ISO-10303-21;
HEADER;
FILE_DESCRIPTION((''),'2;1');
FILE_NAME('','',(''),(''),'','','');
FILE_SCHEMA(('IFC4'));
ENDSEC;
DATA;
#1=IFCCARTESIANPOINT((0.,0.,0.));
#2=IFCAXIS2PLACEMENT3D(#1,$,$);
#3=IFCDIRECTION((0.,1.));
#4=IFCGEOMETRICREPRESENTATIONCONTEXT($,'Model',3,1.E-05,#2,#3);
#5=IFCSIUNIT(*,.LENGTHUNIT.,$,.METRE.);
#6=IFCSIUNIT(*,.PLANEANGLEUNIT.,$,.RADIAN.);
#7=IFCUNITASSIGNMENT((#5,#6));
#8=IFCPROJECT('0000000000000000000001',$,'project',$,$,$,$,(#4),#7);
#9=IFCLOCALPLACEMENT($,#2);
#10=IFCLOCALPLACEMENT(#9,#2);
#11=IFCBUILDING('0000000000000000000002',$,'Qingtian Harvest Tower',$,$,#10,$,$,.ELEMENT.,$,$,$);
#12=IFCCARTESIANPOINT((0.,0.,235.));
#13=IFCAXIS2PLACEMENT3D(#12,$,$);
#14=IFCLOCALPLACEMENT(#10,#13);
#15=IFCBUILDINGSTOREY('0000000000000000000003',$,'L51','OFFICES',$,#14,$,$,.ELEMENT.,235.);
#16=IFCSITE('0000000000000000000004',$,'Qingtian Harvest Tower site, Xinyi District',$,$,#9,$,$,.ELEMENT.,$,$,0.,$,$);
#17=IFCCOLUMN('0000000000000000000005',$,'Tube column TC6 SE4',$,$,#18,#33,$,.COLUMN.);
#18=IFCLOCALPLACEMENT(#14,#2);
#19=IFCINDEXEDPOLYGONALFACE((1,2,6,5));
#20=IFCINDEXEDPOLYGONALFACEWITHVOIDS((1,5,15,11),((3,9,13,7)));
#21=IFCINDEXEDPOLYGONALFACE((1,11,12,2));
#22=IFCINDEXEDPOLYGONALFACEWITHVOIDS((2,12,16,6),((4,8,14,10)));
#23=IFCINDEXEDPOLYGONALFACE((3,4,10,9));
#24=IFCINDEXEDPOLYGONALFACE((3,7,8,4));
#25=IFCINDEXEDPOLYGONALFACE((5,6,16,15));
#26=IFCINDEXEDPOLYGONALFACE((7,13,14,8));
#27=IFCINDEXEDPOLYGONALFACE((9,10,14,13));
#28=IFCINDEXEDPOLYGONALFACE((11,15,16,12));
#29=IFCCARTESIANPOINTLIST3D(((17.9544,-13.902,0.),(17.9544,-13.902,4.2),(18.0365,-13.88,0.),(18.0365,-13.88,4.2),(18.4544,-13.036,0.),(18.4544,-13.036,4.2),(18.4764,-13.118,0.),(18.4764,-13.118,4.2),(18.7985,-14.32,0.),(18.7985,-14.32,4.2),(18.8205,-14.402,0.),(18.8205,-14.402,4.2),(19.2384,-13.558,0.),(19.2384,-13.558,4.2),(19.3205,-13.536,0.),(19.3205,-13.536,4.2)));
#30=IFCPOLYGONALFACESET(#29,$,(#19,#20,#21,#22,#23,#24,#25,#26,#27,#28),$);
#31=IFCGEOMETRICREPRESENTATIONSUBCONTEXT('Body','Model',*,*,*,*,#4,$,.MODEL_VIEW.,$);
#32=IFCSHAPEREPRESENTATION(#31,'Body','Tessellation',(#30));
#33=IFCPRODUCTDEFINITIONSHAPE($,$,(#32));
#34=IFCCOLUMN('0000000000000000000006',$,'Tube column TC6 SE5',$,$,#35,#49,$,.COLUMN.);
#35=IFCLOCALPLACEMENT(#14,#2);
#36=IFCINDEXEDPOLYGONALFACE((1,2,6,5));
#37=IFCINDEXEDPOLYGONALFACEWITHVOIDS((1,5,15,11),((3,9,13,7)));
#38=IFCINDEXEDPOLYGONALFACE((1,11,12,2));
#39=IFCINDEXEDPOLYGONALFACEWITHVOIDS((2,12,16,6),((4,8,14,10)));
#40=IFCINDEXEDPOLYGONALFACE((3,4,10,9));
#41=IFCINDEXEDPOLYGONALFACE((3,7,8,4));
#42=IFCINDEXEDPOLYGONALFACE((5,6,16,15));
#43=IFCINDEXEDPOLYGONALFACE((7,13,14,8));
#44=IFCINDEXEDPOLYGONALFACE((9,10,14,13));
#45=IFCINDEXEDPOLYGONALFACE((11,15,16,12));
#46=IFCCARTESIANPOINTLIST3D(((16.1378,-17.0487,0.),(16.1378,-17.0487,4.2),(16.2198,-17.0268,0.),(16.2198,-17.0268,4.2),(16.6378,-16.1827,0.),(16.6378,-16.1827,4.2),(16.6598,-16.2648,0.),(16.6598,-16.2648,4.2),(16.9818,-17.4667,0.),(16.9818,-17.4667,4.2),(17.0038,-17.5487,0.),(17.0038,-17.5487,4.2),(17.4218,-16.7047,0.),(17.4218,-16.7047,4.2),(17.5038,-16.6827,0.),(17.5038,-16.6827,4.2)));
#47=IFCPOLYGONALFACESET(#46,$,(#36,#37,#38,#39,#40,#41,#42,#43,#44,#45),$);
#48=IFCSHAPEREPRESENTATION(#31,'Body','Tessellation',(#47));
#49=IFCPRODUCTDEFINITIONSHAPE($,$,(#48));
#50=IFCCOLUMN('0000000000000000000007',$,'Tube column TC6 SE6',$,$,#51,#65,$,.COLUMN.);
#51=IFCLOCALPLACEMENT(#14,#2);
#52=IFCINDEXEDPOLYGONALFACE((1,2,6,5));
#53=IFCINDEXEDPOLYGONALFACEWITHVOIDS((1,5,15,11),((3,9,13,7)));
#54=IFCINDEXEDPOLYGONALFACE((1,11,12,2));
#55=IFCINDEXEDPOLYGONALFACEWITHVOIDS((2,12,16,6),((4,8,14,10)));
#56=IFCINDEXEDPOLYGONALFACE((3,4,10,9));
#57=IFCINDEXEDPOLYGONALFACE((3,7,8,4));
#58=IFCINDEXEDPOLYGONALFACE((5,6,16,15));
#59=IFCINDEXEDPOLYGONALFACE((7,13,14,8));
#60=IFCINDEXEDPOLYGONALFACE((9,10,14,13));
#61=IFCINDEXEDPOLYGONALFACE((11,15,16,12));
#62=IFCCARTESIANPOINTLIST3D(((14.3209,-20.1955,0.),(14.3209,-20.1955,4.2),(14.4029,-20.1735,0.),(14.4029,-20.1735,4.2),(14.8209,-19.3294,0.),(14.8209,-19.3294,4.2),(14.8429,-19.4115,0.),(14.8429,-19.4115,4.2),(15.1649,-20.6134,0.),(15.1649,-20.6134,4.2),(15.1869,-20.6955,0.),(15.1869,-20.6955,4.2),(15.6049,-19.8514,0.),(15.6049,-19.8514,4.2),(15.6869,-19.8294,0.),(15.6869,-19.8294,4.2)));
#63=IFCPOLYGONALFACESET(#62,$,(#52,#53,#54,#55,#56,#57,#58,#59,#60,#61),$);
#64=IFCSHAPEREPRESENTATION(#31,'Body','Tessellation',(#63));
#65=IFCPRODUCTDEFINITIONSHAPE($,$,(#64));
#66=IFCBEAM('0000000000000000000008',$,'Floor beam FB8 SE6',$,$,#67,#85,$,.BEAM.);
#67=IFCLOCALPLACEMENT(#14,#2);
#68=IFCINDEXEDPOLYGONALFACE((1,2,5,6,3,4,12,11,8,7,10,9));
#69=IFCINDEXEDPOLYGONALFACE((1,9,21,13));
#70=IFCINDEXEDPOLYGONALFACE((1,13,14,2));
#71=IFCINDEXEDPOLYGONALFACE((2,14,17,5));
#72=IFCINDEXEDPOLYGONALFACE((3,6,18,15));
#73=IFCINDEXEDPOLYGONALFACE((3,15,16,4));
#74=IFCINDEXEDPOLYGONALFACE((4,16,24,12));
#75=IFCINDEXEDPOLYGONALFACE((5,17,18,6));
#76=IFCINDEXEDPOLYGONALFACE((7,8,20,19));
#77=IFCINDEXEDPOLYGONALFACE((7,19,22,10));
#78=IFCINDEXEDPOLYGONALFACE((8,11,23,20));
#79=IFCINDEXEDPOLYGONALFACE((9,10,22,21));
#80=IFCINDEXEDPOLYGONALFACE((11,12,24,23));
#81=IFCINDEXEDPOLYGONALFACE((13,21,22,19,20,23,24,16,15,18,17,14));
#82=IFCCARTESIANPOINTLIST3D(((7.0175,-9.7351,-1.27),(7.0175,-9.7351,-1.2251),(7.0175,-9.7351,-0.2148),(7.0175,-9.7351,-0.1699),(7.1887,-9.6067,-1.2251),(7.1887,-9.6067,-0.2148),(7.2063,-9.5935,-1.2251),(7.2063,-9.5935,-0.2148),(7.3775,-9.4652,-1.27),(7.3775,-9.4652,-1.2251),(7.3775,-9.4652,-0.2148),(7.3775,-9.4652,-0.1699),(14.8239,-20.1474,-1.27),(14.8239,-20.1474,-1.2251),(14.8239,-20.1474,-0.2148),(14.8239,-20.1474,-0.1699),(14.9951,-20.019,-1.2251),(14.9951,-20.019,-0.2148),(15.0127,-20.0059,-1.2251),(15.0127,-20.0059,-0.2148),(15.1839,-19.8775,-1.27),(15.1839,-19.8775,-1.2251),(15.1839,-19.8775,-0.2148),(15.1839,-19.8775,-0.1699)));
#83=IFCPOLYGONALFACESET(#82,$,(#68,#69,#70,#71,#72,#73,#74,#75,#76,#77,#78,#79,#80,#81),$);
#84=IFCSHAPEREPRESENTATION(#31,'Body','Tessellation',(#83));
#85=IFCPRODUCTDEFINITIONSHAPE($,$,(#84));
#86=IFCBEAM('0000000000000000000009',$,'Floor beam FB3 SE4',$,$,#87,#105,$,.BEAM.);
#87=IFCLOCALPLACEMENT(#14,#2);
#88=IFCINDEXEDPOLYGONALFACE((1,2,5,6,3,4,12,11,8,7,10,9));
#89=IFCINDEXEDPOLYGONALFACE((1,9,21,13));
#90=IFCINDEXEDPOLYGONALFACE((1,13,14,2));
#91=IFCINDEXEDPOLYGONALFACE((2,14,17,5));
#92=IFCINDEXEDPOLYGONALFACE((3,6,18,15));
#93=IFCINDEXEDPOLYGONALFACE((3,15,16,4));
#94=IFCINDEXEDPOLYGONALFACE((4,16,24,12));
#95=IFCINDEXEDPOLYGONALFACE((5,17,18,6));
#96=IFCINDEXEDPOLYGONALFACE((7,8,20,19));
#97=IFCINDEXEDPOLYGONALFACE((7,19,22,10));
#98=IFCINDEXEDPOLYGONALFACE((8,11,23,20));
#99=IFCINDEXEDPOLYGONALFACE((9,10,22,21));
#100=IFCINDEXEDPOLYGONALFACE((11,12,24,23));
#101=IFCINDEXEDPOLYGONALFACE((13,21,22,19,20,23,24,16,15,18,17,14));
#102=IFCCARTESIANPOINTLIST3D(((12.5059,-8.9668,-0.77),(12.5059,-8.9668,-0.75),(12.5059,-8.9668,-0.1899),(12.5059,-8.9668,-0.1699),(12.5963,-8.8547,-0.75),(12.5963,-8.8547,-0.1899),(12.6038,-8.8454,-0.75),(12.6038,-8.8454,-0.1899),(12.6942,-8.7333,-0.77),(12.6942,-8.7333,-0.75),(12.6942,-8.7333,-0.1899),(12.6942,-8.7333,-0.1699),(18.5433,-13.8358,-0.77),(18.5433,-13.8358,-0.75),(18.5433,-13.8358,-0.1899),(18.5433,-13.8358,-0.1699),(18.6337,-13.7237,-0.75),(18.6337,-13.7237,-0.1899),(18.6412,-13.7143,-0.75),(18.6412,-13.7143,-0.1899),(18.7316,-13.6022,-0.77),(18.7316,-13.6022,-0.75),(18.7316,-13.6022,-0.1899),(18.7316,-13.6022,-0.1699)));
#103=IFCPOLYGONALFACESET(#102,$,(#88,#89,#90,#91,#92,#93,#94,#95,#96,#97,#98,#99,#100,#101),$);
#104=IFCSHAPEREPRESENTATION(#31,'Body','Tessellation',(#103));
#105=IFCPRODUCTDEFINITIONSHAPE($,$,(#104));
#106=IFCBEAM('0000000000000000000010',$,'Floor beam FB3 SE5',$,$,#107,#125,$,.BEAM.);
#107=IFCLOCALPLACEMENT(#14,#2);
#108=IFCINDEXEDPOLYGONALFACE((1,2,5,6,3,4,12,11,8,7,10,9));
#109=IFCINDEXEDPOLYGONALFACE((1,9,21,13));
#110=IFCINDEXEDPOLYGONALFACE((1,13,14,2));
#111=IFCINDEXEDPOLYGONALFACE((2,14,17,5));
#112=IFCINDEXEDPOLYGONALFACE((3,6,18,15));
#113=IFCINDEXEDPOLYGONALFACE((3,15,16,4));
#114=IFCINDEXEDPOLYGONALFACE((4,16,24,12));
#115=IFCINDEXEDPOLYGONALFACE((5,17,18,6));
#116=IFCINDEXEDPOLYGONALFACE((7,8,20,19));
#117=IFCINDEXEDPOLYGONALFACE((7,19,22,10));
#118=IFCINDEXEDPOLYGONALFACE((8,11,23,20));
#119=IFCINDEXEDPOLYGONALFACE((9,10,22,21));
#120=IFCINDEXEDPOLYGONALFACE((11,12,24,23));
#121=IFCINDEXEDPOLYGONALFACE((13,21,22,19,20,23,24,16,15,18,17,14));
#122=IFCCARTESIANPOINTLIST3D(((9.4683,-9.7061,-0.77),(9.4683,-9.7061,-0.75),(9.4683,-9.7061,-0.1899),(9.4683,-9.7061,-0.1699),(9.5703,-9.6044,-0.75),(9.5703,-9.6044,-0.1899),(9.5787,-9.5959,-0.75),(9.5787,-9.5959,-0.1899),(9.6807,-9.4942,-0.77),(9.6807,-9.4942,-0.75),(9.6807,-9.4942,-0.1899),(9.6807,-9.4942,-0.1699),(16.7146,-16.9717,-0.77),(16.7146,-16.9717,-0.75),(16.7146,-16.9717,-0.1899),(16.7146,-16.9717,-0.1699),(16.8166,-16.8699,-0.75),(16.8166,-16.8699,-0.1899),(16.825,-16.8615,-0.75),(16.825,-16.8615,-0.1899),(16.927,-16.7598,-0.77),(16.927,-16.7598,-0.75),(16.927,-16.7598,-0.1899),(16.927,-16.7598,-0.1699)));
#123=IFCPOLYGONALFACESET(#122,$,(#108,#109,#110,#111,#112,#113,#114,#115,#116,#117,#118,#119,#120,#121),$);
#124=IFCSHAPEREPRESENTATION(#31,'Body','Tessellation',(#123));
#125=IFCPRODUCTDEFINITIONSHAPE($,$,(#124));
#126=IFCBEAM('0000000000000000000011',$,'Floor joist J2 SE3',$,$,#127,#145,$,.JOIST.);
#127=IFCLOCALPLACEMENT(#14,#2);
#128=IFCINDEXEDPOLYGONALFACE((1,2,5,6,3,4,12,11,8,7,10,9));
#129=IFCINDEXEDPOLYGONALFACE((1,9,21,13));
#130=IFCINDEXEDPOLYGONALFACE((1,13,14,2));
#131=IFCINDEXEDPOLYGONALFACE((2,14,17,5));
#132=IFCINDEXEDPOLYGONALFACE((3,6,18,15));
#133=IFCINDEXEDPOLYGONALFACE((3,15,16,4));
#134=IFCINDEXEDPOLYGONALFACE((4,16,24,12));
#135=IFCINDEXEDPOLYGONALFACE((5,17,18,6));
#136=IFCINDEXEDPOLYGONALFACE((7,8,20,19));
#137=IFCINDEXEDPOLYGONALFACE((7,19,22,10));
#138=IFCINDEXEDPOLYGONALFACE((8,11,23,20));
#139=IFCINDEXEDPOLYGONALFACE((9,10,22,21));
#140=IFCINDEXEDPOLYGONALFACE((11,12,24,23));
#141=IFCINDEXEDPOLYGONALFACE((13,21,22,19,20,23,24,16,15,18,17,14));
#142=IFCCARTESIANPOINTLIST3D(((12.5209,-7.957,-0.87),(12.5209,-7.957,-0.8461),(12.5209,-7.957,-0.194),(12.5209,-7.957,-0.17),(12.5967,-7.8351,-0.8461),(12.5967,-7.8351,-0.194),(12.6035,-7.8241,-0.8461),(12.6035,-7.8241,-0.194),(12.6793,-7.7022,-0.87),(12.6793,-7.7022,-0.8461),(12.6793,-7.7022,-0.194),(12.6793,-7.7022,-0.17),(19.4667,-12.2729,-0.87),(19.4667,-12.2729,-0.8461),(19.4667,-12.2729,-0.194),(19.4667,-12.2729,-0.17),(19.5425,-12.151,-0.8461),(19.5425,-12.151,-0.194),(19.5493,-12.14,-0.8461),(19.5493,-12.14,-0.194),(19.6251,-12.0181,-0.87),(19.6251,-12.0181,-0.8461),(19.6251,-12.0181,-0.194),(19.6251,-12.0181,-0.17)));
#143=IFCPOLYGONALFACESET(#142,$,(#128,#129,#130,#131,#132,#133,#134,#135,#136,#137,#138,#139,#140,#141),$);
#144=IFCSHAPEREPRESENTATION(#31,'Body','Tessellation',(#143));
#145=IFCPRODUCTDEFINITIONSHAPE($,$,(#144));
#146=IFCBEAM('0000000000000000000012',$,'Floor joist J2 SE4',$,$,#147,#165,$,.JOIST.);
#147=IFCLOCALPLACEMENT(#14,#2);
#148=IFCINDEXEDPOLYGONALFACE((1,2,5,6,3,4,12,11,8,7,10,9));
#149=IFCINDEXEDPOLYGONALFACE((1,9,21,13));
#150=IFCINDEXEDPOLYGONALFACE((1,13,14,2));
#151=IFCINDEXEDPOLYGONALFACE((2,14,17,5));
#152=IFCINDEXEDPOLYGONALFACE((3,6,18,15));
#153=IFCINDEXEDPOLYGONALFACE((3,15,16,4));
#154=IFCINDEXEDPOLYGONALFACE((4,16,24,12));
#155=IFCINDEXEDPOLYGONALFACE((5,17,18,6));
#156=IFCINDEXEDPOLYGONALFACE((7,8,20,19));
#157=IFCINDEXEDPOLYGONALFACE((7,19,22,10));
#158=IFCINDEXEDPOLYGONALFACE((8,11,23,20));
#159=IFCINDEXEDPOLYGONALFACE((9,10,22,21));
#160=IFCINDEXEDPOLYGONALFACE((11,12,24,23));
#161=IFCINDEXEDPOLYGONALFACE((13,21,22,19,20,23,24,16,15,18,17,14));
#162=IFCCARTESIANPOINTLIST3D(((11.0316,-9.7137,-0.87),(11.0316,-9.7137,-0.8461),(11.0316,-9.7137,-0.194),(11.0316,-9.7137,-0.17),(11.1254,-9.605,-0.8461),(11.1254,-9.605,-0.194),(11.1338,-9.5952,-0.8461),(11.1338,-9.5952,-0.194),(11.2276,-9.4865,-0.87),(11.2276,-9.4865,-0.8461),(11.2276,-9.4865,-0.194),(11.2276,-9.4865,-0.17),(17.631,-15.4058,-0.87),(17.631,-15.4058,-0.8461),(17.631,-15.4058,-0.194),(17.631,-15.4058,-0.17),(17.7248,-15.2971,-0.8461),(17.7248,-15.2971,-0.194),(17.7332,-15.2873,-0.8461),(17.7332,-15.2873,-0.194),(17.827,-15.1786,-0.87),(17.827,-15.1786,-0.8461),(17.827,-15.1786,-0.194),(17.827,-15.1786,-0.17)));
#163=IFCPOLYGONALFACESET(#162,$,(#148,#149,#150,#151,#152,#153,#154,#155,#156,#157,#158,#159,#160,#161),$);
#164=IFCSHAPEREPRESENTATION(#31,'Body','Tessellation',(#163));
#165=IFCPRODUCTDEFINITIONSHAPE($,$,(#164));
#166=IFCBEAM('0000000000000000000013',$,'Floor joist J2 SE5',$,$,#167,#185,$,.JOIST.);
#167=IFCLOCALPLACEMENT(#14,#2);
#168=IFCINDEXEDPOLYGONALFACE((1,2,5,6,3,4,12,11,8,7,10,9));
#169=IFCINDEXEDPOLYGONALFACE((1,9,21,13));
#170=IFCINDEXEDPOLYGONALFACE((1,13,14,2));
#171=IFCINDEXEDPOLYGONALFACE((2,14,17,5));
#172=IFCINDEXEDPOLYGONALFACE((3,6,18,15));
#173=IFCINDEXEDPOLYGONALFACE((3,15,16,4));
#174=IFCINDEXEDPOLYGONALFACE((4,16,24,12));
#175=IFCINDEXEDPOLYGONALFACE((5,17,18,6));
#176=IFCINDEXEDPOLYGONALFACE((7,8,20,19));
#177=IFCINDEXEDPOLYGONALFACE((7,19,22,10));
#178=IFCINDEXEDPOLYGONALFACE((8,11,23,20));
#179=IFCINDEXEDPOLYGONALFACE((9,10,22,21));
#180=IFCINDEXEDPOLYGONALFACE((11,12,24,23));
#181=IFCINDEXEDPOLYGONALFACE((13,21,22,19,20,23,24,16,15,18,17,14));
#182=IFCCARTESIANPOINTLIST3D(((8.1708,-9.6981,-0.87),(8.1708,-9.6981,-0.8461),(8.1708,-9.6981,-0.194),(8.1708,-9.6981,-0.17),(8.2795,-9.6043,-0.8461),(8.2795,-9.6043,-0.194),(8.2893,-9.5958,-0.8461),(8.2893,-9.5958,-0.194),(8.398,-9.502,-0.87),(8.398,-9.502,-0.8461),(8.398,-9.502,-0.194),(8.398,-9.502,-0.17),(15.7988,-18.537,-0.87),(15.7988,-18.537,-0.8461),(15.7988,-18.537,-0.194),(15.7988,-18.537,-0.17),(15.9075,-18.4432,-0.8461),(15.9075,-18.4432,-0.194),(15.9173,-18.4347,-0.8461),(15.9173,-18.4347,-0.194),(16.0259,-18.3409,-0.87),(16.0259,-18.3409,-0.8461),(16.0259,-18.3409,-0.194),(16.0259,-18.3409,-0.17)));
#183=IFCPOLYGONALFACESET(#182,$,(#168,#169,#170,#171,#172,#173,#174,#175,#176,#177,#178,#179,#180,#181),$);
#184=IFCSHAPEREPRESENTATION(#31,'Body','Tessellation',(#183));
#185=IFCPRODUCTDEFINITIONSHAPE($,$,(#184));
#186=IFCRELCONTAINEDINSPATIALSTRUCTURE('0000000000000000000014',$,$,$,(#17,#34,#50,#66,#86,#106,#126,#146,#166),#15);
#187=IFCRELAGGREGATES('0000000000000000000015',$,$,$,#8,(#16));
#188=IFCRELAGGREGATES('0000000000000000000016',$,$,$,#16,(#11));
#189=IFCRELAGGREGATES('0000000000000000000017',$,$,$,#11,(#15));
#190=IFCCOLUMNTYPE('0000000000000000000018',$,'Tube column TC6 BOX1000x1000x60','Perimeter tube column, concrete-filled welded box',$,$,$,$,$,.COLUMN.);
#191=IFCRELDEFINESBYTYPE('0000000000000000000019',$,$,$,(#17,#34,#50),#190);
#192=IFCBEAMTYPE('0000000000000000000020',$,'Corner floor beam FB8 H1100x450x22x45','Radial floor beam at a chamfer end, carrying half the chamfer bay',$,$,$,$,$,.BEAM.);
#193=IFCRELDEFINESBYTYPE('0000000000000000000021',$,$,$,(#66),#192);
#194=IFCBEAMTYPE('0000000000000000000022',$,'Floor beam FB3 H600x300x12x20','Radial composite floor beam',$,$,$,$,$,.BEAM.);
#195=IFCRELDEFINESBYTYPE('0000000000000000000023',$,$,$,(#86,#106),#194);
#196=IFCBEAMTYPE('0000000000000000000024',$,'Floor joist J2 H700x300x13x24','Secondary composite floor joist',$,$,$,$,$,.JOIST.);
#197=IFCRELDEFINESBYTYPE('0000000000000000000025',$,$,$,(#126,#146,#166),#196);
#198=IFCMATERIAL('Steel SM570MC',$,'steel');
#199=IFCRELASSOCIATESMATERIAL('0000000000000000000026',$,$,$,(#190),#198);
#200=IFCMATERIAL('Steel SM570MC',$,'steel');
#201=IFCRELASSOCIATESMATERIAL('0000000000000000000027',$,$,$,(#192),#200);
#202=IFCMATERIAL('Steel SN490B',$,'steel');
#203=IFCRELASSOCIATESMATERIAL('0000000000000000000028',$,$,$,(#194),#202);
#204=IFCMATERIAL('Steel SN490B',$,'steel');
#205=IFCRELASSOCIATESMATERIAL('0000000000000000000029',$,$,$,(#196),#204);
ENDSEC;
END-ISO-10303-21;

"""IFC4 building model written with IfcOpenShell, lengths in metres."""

from ifc_helpers import new_model, si_unit, direction, frame, origin, origin_2d, place, context, subcontext, project, spatial, hollow_rectangle, i_section, extrude, material, material_profile, profile_set, type_object, element, save


model = new_model("IFC4")

# Units and contexts
model_context = context("Model", 3, precision=1e-05, world=origin(), true_north=direction((0.0, 1.0)))
body_context = subcontext(model_context, "Body", "Model", "MODEL_VIEW")
ifc_project = project(units=[si_unit("LENGTHUNIT", "METRE"), si_unit("PLANEANGLEUNIT", "RADIAN")], contexts=[model_context])

# Site, building, storey
site_placement = place(None, origin())
site = spatial("IfcSite", under=ifc_project, at=site_placement, Name="Qingtian Harvest Tower site, Xinyi District", CompositionType="ELEMENT", RefElevation=0.0)
building_placement = place(site_placement, origin())
building = spatial("IfcBuilding", under=site, at=building_placement, Name="Qingtian Harvest Tower", CompositionType="ELEMENT")
storey_placement = place(building_placement, frame((0.0, 0.0, 235.0)))
storey = spatial("IfcBuildingStorey", under=building, at=storey_placement, Name="L51", Description="OFFICES", CompositionType="ELEMENT", Elevation=235.0)

# Columns
ifc_material_1 = material(Name="Steel SM570MC", Category="steel")
ifc_material_profile_1 = material_profile(ifc_material_1, hollow_rectangle(XDim=1.0, YDim=1.0, WallThickness=0.0601, at=origin_2d()), Name="BOX1000x1000x60")
ifc_profile_set_1 = profile_set([ifc_material_profile_1], Name="Steel SM570MC")
column_type = type_object("IfcColumnType", Name="Tube column TC6 BOX1000x1000x60", Description="Perimeter tube column, concrete-filled welded box", PredefinedType="COLUMN", material=ifc_profile_set_1)
for number, where, z_axis, x_axis, name in (
    (1, (18.6375, -13.719, 0.0), (0.0, 0.0, 1.0), (0.5, 0.866025, 0.0), "Tube column TC6 SE4"),
    (2, (16.8208, -16.8657, 0.0), (0.0, 0.0, 1.0), (0.5, 0.866025, 0.0), "Tube column TC6 SE5"),
    (3, (15.0039, -20.0125, 0.0), (0.0, 0.0, 1.0), (0.5, 0.866025, 0.0), "Tube column TC6 SE6"),
):
    element("IfcColumn", number, at=place(storey_placement, frame(where, z_axis=z_axis, x_axis=x_axis)), inside=storey, type_object=column_type, Name=name, PredefinedType="COLUMN", context=body_context, shape_type="SweptSolid", body=[
        extrude(hollow_rectangle(XDim=1.0, YDim=1.0, WallThickness=0.0601, at=origin_2d()), origin(), (0.0, 0.0, 1.0), 4.2),
    ])

# Beams
ifc_material_2 = material(Name="Steel SM570MC", Category="steel")
ifc_material_profile_2 = material_profile(ifc_material_2, i_section(OverallWidth=0.45, OverallDepth=1.1001, WebThickness=0.022, FlangeThickness=0.0449, at=origin_2d()), Name="H1100x450x22x45")
ifc_profile_set_2 = profile_set([ifc_material_profile_2], Name="Steel SM570MC")
beam_type_1 = type_object("IfcBeamType", Name="Corner floor beam FB8 H1100x450x22x45", Description="Radial floor beam at a chamfer end, carrying half the chamfer bay", PredefinedType="BEAM", material=ifc_profile_set_2)
beam_1_placement = place(storey_placement, frame((15.0039, -20.0125, -0.72), z_axis=(-0.599859, 0.800106, 0.0), x_axis=(-0.800106, -0.599859, 0.0)))
element("IfcBeam", 4, at=beam_1_placement, inside=storey, type_object=beam_type_1, Name="Floor beam FB8 SE6", PredefinedType="BEAM", context=body_context, shape_type="SweptSolid", body=[
    extrude(i_section(OverallWidth=0.45, OverallDepth=1.1001, WebThickness=0.022, FlangeThickness=0.0449, at=origin_2d()), origin(), (0.0, 0.0, 1.0), 13.0137),
])
ifc_material_3 = material(Name="Steel SN490B", Category="steel")
ifc_material_profile_3 = material_profile(ifc_material_3, i_section(OverallWidth=0.3, OverallDepth=0.6001, WebThickness=0.012, FlangeThickness=0.02, at=origin_2d()), Name="H600x300x12x20")
ifc_profile_set_3 = profile_set([ifc_material_profile_3], Name="Steel SN490B")
beam_type_2 = type_object("IfcBeamType", Name="Floor beam FB3 H600x300x12x20", Description="Radial composite floor beam", PredefinedType="BEAM", material=ifc_profile_set_3)
beam_2_placement = place(storey_placement, frame((18.6375, -13.719, -0.47), z_axis=(-0.778409, 0.627757, 0.0), x_axis=(-0.627757, -0.778409, 0.0)))
element("IfcBeam", 5, at=beam_2_placement, inside=storey, type_object=beam_type_2, Name="Floor beam FB3 SE4", PredefinedType="BEAM", context=body_context, shape_type="SweptSolid", body=[
    extrude(i_section(OverallWidth=0.3, OverallDepth=0.6001, WebThickness=0.012, FlangeThickness=0.02, at=origin_2d()), origin(), (0.0, 0.0, 1.0), 7.7561),
])
beam_3_placement = place(storey_placement, frame((16.8208, -16.8657, -0.47), z_axis=(-0.706166, 0.708046, 0.0), x_axis=(-0.708046, -0.706166, 0.0)))
element("IfcBeam", 6, at=beam_3_placement, inside=storey, type_object=beam_type_2, Name="Floor beam FB3 SE5", PredefinedType="BEAM", context=body_context, shape_type="SweptSolid", body=[
    extrude(i_section(OverallWidth=0.3, OverallDepth=0.6001, WebThickness=0.012, FlangeThickness=0.02, at=origin_2d()), origin(), (0.0, 0.0, 1.0), 10.2615),
])
ifc_material_4 = material(Name="Steel SN490B", Category="steel")
ifc_material_profile_4 = material_profile(ifc_material_4, i_section(OverallWidth=0.3, OverallDepth=0.7, WebThickness=0.0129, FlangeThickness=0.0239, at=origin_2d()), Name="H700x300x13x24")
ifc_profile_set_4 = profile_set([ifc_material_profile_4], Name="Steel SN490B")
beam_type_3 = type_object("IfcBeamType", Name="Floor joist J2 H700x300x13x24", Description="Secondary composite floor joist", PredefinedType="JOIST", material=ifc_profile_set_4)
beam_4_placement = place(storey_placement, frame((19.5459, -12.1455, -0.52), z_axis=(-0.849381, 0.52778, 0.0), x_axis=(-0.52778, -0.849381, 0.0)))
element("IfcBeam", 7, at=beam_4_placement, inside=storey, type_object=beam_type_3, Name="Floor joist J2 SE3", PredefinedType="JOIST", context=body_context, shape_type="SweptSolid", body=[
    extrude(i_section(OverallWidth=0.3, OverallDepth=0.7, WebThickness=0.0129, FlangeThickness=0.0239, at=origin_2d()), origin(), (0.0, 0.0, 1.0), 8.1775),
])
beam_5_placement = place(storey_placement, frame((17.729, -15.2922, -0.52), z_axis=(-0.757238, 0.653139, 0.0), x_axis=(-0.653139, -0.757238, 0.0)))
element("IfcBeam", 8, at=beam_5_placement, inside=storey, type_object=beam_type_3, Name="Floor joist J2 SE4", PredefinedType="JOIST", context=body_context, shape_type="SweptSolid", body=[
    extrude(i_section(OverallWidth=0.3, OverallDepth=0.7, WebThickness=0.0129, FlangeThickness=0.0239, at=origin_2d()), origin(), (0.0, 0.0, 1.0), 8.7151),
])
beam_6_placement = place(storey_placement, frame((15.9124, -18.439, -0.52), z_axis=(-0.653343, 0.757062, 0.0), x_axis=(-0.757062, -0.653343, 0.0)))
element("IfcBeam", 9, at=beam_6_placement, inside=storey, type_object=beam_type_3, Name="Floor joist J2 SE5", PredefinedType="JOIST", context=body_context, shape_type="SweptSolid", body=[
    extrude(i_section(OverallWidth=0.3, OverallDepth=0.7, WebThickness=0.0129, FlangeThickness=0.0239, at=origin_2d()), origin(), (0.0, 0.0, 1.0), 11.6753),
])

save(model, "model.ifc")
